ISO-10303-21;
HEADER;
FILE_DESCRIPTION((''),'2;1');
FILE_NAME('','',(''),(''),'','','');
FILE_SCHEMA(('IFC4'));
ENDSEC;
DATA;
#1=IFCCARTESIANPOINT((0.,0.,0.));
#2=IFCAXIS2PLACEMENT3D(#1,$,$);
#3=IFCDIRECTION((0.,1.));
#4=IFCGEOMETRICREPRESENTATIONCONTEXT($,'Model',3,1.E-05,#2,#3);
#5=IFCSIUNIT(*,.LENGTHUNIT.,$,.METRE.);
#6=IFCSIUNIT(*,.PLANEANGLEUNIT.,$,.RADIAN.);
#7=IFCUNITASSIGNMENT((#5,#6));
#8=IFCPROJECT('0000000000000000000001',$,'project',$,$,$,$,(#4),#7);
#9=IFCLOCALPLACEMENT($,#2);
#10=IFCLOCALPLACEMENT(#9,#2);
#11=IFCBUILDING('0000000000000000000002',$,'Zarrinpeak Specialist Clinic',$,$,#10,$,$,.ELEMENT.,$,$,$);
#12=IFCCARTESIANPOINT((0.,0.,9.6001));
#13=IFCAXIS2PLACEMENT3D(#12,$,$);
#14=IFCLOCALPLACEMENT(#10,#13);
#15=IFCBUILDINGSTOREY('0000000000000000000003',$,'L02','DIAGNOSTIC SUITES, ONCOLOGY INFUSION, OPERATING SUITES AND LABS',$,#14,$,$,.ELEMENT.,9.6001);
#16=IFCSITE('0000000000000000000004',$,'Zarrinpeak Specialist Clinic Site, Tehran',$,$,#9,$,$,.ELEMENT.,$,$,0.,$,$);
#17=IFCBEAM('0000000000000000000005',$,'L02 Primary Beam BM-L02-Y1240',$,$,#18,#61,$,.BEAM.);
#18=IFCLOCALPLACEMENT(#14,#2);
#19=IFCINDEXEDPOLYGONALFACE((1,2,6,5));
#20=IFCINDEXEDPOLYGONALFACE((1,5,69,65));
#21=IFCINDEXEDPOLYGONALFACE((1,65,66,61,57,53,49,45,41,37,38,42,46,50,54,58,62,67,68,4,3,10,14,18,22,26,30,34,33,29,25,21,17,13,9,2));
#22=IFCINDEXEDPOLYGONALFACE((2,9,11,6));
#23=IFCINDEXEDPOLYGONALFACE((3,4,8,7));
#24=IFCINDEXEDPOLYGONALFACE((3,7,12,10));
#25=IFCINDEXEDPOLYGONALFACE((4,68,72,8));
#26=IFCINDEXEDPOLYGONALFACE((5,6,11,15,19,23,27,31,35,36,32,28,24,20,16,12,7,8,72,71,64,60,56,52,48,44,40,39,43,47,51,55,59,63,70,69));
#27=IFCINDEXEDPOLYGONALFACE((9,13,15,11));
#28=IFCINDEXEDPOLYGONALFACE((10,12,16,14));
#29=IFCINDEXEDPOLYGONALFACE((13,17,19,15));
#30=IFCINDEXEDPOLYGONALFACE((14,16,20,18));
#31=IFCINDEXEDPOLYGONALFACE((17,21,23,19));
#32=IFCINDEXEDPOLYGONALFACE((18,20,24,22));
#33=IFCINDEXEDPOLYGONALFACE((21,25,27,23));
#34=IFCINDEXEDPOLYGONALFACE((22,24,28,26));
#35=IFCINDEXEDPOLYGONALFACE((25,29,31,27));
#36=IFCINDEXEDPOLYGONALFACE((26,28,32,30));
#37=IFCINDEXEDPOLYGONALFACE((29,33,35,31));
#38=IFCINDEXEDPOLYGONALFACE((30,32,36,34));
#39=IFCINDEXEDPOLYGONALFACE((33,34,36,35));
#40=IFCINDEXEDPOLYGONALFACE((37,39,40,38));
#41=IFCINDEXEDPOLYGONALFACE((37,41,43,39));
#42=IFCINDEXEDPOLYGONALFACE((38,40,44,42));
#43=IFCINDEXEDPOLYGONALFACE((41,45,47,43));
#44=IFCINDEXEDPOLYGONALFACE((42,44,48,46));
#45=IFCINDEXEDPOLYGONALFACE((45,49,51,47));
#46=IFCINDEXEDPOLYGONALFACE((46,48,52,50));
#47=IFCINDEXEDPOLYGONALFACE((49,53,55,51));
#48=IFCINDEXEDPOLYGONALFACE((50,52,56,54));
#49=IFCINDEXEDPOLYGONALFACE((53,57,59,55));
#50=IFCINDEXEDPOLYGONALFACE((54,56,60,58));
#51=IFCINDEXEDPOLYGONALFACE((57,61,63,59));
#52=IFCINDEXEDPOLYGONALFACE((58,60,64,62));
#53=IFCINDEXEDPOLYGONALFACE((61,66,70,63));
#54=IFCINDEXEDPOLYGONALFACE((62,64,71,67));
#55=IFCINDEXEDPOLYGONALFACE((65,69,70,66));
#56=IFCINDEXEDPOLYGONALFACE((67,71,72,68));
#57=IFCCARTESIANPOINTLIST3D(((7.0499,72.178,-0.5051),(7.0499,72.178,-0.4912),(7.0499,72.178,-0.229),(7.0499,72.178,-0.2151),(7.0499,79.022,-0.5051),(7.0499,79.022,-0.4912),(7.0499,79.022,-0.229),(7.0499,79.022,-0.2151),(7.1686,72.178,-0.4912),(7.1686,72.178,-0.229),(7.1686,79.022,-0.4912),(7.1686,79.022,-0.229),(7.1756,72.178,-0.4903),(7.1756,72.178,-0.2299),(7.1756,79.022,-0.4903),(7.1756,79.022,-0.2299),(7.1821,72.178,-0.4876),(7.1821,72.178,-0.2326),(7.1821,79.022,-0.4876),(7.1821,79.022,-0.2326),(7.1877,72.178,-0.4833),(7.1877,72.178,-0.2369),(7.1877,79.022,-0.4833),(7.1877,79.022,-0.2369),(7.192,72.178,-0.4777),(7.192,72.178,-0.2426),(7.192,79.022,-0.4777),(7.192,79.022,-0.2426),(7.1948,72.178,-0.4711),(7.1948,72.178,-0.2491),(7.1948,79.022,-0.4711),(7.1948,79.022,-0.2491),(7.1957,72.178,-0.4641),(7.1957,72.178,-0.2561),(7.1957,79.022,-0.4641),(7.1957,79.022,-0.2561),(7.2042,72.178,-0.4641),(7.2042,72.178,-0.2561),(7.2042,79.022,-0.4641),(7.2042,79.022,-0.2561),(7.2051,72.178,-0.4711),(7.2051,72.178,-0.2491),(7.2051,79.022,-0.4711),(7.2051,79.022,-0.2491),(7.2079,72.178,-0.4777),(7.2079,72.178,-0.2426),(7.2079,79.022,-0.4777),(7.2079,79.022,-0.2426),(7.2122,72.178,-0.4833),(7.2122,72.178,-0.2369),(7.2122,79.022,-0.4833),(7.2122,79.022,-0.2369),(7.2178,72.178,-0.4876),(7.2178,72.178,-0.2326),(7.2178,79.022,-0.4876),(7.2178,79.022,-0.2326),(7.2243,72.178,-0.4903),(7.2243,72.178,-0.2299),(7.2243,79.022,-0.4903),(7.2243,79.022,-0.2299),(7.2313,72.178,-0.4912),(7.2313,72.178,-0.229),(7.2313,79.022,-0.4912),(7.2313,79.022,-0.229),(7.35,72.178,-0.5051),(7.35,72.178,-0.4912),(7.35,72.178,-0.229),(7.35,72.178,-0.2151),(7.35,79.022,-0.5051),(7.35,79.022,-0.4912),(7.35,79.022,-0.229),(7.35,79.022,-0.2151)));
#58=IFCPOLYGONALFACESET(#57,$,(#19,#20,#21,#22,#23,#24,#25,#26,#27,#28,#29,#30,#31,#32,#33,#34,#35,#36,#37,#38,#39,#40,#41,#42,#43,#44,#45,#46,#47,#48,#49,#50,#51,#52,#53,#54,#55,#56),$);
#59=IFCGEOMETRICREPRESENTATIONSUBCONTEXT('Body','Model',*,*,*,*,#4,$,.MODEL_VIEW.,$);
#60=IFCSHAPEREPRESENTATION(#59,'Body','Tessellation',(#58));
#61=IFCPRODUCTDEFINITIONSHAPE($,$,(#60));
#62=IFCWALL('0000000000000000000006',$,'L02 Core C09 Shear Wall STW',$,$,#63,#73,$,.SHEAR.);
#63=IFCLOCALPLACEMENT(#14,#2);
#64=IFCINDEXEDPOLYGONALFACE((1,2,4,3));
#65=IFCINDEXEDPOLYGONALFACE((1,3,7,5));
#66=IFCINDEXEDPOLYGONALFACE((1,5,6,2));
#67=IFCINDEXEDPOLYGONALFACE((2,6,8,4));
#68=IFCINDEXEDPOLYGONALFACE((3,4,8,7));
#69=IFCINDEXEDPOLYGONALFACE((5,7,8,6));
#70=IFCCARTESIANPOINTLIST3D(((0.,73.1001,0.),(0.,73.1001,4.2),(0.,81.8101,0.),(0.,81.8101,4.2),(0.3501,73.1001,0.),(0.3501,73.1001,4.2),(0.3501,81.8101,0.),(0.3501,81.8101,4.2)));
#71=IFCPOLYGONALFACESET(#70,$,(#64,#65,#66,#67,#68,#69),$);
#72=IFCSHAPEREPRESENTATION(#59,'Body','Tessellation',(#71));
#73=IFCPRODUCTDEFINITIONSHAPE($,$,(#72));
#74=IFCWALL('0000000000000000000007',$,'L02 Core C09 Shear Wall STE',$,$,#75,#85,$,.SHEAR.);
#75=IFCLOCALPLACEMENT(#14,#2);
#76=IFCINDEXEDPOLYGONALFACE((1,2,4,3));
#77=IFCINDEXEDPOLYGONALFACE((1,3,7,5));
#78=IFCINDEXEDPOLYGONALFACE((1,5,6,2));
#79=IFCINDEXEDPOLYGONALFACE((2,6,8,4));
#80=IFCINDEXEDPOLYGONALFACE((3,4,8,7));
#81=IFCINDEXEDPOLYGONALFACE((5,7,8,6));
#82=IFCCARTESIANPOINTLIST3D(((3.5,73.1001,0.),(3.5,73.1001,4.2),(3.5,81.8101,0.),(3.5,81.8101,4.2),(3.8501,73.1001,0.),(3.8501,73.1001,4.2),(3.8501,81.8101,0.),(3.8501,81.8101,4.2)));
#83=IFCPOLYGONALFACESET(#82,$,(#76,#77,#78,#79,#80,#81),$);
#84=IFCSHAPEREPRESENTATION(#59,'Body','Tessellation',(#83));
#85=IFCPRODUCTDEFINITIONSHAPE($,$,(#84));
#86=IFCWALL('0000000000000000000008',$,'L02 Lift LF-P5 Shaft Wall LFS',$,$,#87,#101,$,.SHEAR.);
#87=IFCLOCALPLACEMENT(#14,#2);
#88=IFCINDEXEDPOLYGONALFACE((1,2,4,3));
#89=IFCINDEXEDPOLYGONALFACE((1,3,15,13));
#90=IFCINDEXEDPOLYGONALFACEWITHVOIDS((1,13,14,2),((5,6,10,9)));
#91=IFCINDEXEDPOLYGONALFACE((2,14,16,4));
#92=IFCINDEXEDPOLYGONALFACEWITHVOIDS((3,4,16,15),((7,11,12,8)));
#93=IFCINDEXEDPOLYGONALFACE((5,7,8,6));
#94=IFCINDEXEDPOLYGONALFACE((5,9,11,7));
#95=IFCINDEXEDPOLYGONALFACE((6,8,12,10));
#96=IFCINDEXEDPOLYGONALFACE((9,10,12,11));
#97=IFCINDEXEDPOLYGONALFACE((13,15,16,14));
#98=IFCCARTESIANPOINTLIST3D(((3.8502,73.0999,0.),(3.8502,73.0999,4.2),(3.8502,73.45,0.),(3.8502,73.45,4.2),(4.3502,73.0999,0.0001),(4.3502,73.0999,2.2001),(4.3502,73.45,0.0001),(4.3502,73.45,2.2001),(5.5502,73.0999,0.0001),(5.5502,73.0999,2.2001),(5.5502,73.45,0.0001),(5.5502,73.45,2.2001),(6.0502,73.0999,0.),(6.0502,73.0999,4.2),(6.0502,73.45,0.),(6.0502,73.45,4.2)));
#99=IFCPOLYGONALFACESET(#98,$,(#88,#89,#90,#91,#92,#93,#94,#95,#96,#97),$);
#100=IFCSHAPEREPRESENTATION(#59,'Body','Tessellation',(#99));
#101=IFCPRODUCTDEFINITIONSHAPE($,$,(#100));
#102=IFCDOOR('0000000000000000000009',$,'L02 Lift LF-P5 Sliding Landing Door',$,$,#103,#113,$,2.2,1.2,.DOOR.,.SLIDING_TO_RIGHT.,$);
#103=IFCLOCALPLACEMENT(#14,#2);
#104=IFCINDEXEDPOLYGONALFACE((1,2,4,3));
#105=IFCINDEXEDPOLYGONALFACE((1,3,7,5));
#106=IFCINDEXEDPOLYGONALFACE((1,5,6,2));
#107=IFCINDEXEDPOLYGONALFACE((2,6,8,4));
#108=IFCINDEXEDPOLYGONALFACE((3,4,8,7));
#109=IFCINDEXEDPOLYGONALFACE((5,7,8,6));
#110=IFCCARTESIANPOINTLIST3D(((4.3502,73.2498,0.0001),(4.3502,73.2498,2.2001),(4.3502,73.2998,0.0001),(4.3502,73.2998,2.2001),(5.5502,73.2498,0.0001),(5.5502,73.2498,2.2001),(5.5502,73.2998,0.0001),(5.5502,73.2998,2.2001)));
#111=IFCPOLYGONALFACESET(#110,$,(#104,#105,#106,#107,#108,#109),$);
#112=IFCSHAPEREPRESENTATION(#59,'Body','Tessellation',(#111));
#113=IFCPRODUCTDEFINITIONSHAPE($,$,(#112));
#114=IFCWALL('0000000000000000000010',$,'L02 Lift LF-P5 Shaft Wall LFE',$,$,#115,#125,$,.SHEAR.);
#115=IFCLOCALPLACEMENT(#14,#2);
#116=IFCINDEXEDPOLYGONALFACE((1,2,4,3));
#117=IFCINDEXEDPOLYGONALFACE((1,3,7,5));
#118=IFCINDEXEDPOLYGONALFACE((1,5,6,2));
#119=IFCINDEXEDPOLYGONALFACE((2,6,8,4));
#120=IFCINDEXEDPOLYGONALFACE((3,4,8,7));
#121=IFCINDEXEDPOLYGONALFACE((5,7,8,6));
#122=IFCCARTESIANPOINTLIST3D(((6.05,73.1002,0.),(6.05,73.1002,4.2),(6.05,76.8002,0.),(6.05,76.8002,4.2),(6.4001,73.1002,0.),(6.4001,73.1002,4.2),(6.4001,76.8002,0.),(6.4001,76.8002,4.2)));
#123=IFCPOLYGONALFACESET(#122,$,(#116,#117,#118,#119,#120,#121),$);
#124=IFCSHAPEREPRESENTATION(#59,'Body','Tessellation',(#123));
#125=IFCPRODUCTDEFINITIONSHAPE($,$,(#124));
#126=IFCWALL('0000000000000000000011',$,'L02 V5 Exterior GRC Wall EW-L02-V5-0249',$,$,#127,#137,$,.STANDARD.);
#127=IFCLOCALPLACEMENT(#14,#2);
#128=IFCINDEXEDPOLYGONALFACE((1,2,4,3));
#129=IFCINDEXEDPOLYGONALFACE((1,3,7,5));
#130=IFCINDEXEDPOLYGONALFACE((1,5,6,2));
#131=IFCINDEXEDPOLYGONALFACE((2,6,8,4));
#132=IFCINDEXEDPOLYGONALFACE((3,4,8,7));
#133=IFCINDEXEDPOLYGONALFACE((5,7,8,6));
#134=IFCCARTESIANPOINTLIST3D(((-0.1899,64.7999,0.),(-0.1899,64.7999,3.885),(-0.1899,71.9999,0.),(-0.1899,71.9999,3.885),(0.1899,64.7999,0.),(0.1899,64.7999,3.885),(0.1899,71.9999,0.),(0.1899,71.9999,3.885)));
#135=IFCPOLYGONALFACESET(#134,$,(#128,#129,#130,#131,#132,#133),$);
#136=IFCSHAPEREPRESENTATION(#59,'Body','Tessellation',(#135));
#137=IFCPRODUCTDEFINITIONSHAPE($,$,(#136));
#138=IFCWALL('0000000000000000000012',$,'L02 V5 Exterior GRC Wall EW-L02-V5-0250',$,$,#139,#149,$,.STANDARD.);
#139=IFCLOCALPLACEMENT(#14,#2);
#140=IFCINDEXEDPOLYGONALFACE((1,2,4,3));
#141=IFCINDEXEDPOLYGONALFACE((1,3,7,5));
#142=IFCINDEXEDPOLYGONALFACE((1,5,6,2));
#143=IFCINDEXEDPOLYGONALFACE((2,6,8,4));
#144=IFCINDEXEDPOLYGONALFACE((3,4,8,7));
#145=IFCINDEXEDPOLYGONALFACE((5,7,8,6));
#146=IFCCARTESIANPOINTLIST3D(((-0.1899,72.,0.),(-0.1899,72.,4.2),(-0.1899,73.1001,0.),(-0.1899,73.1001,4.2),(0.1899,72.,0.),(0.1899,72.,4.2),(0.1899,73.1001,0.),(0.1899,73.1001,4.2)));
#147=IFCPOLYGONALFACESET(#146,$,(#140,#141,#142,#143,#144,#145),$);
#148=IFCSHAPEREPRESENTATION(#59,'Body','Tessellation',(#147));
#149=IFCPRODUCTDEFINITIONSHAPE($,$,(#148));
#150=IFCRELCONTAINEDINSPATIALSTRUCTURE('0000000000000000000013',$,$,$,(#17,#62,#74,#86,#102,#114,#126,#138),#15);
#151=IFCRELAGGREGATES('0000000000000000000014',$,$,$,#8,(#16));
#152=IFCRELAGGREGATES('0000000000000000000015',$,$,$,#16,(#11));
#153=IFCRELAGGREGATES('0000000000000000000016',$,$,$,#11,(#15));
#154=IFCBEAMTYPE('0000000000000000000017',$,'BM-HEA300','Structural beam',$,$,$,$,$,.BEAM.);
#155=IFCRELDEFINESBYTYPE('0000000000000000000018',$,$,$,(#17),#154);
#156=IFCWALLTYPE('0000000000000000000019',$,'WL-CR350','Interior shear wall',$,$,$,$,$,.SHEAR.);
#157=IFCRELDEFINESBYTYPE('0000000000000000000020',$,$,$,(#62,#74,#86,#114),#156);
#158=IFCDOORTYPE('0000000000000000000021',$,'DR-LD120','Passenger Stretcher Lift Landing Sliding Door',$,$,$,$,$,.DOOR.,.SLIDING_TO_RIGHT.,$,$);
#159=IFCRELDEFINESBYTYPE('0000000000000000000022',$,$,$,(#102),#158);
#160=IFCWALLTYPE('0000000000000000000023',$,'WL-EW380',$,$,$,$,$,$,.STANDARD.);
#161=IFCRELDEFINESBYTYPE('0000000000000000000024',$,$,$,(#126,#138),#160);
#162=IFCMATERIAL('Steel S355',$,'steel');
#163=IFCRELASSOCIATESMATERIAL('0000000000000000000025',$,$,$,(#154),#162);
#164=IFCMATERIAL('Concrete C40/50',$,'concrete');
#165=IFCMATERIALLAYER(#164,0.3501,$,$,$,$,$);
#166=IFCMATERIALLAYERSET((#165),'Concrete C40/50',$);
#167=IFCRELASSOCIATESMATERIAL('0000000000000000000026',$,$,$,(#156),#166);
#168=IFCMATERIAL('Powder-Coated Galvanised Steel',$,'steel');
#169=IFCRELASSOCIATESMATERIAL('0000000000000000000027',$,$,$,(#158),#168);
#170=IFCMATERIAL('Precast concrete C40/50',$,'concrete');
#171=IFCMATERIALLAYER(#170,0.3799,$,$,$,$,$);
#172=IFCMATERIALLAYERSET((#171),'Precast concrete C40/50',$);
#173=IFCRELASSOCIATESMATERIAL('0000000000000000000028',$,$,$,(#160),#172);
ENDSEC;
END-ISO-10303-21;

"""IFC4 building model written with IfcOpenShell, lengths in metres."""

from ifc_helpers import new_model, si_unit, direction, frame, frame_2d, origin, origin_2d, place, context, subcontext, project, spatial, rectangle, i_section, extrude, material, layer, layer_set, material_profile, profile_set, type_object, element, fill, save


model = new_model("IFC4")

# Units and contexts
model_context = context("Model", 3, precision=1e-05, world=origin(), true_north=direction((0.0, 1.0)))
body_context = subcontext(model_context, "Body", "Model", "MODEL_VIEW")
ifc_project = project(units=[si_unit("LENGTHUNIT", "METRE"), si_unit("PLANEANGLEUNIT", "RADIAN")], contexts=[model_context])

# Site, building, storey
site_placement = place(None, origin())
site = spatial("IfcSite", under=ifc_project, at=site_placement, Name="Zarrinpeak Specialist Clinic Site, Tehran", CompositionType="ELEMENT", RefElevation=0.0)
building_placement = place(site_placement, origin())
building = spatial("IfcBuilding", under=site, at=building_placement, Name="Zarrinpeak Specialist Clinic", CompositionType="ELEMENT")
storey_placement = place(building_placement, frame((0.0, 0.0, 9.6001)))
storey = spatial("IfcBuildingStorey", under=building, at=storey_placement, Name="L02", Description="DIAGNOSTIC SUITES, ONCOLOGY INFUSION, OPERATING SUITES AND LABS", CompositionType="ELEMENT", Elevation=9.6001)

# Shared definitions
ifc_material_1 = material(Name="Steel S355", Category="steel")

# Beam
ifc_material_profile_1 = material_profile(ifc_material_1, i_section(OverallWidth=0.3, OverallDepth=0.29, WebThickness=0.0085, FlangeThickness=0.0139, FilletRadius=0.0271, at=origin_2d()), Name="HEA 300")
ifc_profile_set_1 = profile_set([ifc_material_profile_1], Name="Steel S355")
beam_type = type_object("IfcBeamType", Name="BM-HEA300", Description="Structural beam", PredefinedType="BEAM", material=ifc_profile_set_1)
beam_placement = place(storey_placement, frame((7.2, 72.178, -0.3601), z_axis=(0.0, 1.0, 0.0), x_axis=(-1.0, 0.0, 0.0)))
element("IfcBeam", 1, at=beam_placement, inside=storey, type_object=beam_type, Name="L02 Primary Beam BM-L02-Y1240", PredefinedType="BEAM", context=body_context, shape_type="SweptSolid", body=[
    extrude(i_section(OverallWidth=0.3, OverallDepth=0.29, WebThickness=0.0085, FlangeThickness=0.0139, FilletRadius=0.0271, at=origin_2d()), origin(), (0.0, 0.0, 1.0), 6.844),
])

# Shared definitions
ifc_material_2 = material(Name="Concrete C40/50", Category="concrete")
ifc_layer_1 = layer(ifc_material_2, 0.3501)
ifc_layer_set_1 = layer_set([ifc_layer_1], Name="Concrete C40/50")
wall_type_1 = type_object("IfcWallType", Name="WL-CR350", Description="Interior shear wall", PredefinedType="SHEAR", material=ifc_layer_set_1)
ifc_material_3 = material(Name="Powder-Coated Galvanised Steel", Category="steel")

# Walls
for number, where, z_axis, x_axis, name in (
    (2, (0.175, 73.1001, 0.0), (0.0, 0.0, 1.0), (0.0, 1.0, 0.0), "L02 Core C09 Shear Wall STW"),
    (3, (3.675, 73.1001, 0.0), (0.0, 0.0, 1.0), (0.0, 1.0, 0.0), "L02 Core C09 Shear Wall STE"),
):
    element("IfcWall", number, at=place(storey_placement, frame(where, z_axis=z_axis, x_axis=x_axis)), inside=storey, type_object=wall_type_1, Name=name, PredefinedType="SHEAR", context=body_context, shape_type="SweptSolid", body=[
        extrude(rectangle(XDim=8.71, YDim=0.3501, at=frame_2d((4.355, 0.0))), origin(), (0.0, 0.0, 1.0), 4.2),
    ])

# Wall, opening, door
wall_1_placement = place(storey_placement, frame((3.8501, 73.2749, 0.0), z_axis=(0.0, 0.0, 1.0), x_axis=(1.0, 0.0, 0.0)))
wall_1 = element("IfcWall", 4, at=wall_1_placement, inside=storey, type_object=wall_type_1, Name="L02 Lift LF-P5 Shaft Wall LFS", PredefinedType="SHEAR", context=body_context, shape_type="SweptSolid", body=[
    extrude(rectangle(XDim=2.2, YDim=0.3501, at=frame_2d((1.1001, 0.0))), origin(), (0.0, 0.0, 1.0), 4.2),
])
opening_1_placement = place(wall_1_placement, frame((0.5, 0.0, 0.0)))
opening_1 = element("IfcOpeningElement", 5, at=opening_1_placement, cuts=wall_1, PredefinedType="OPENING", context=body_context, shape_type="SweptSolid", body=[
    extrude(rectangle(XDim=1.2, YDim=2.2, at=frame_2d((0.6001, 1.1001))), frame((0.0, 0.1851, 0.0), z_axis=(0.0, -1.0, 0.0), x_axis=(1.0, 0.0, 0.0)), (0.0, 0.0, 1.0), 0.3701),
])
door_type_1 = type_object("IfcDoorType", Name="DR-LD120", Description="Passenger Stretcher Lift Landing Sliding Door", OperationType="SLIDING_TO_RIGHT", PredefinedType="DOOR", material=ifc_material_3)
door_1_placement = place(opening_1_placement, origin())
door_1 = element("IfcDoor", 6, at=door_1_placement, inside=storey, type_object=door_type_1, Name="L02 Lift LF-P5 Sliding Landing Door", OperationType="SLIDING_TO_RIGHT", OverallHeight=2.2, OverallWidth=1.2, PredefinedType="DOOR", context=body_context, shape_type="SweptSolid", body=[
    extrude(rectangle(XDim=1.2, YDim=2.2, at=frame_2d((0.6001, 1.1001))), frame((0.0, 0.0249, 0.0), z_axis=(0.0, -1.0, 0.0), x_axis=(1.0, 0.0, 0.0)), (0.0, 0.0, 1.0), 0.05),
])
fill(opening_1, door_1)

# Walls
wall_2_placement = place(storey_placement, frame((6.2251, 73.1001, 0.0), z_axis=(0.0, 0.0, 1.0), x_axis=(0.0, 1.0, 0.0)))
element("IfcWall", 7, at=wall_2_placement, inside=storey, type_object=wall_type_1, Name="L02 Lift LF-P5 Shaft Wall LFE", PredefinedType="SHEAR", context=body_context, shape_type="SweptSolid", body=[
    extrude(rectangle(XDim=3.7, YDim=0.3501, at=frame_2d((1.8501, 0.0))), origin(), (0.0, 0.0, 1.0), 4.2),
])
ifc_material_4 = material(Name="Precast concrete C40/50", Category="concrete")
ifc_layer_2 = layer(ifc_material_4, 0.3799)
ifc_layer_set_2 = layer_set([ifc_layer_2], Name="Precast concrete C40/50")
wall_type_2 = type_object("IfcWallType", Name="WL-EW380", PredefinedType="STANDARD", material=ifc_layer_set_2)
wall_3_placement = place(storey_placement, frame((0.0, 72.0, 0.0), z_axis=(0.0, 0.0, 1.0), x_axis=(0.0, -1.0, 0.0)))
element("IfcWall", 8, at=wall_3_placement, inside=storey, type_object=wall_type_2, Name="L02 V5 Exterior GRC Wall EW-L02-V5-0249", PredefinedType="STANDARD", context=body_context, shape_type="SweptSolid", body=[
    extrude(rectangle(XDim=7.2, YDim=0.3799, at=frame_2d((3.6001, 0.0))), origin(), (0.0, 0.0, 1.0), 3.885),
])
wall_4_placement = place(storey_placement, frame((0.0, 73.1001, 0.0), z_axis=(0.0, 0.0, 1.0), x_axis=(0.0, -1.0, 0.0)))
element("IfcWall", 9, at=wall_4_placement, inside=storey, type_object=wall_type_2, Name="L02 V5 Exterior GRC Wall EW-L02-V5-0250", PredefinedType="STANDARD", context=body_context, shape_type="SweptSolid", body=[
    extrude(rectangle(XDim=1.1001, YDim=0.3799, at=frame_2d((0.55, 0.0))), origin(), (0.0, 0.0, 1.0), 4.2),
])

save(model, "model.ifc")
